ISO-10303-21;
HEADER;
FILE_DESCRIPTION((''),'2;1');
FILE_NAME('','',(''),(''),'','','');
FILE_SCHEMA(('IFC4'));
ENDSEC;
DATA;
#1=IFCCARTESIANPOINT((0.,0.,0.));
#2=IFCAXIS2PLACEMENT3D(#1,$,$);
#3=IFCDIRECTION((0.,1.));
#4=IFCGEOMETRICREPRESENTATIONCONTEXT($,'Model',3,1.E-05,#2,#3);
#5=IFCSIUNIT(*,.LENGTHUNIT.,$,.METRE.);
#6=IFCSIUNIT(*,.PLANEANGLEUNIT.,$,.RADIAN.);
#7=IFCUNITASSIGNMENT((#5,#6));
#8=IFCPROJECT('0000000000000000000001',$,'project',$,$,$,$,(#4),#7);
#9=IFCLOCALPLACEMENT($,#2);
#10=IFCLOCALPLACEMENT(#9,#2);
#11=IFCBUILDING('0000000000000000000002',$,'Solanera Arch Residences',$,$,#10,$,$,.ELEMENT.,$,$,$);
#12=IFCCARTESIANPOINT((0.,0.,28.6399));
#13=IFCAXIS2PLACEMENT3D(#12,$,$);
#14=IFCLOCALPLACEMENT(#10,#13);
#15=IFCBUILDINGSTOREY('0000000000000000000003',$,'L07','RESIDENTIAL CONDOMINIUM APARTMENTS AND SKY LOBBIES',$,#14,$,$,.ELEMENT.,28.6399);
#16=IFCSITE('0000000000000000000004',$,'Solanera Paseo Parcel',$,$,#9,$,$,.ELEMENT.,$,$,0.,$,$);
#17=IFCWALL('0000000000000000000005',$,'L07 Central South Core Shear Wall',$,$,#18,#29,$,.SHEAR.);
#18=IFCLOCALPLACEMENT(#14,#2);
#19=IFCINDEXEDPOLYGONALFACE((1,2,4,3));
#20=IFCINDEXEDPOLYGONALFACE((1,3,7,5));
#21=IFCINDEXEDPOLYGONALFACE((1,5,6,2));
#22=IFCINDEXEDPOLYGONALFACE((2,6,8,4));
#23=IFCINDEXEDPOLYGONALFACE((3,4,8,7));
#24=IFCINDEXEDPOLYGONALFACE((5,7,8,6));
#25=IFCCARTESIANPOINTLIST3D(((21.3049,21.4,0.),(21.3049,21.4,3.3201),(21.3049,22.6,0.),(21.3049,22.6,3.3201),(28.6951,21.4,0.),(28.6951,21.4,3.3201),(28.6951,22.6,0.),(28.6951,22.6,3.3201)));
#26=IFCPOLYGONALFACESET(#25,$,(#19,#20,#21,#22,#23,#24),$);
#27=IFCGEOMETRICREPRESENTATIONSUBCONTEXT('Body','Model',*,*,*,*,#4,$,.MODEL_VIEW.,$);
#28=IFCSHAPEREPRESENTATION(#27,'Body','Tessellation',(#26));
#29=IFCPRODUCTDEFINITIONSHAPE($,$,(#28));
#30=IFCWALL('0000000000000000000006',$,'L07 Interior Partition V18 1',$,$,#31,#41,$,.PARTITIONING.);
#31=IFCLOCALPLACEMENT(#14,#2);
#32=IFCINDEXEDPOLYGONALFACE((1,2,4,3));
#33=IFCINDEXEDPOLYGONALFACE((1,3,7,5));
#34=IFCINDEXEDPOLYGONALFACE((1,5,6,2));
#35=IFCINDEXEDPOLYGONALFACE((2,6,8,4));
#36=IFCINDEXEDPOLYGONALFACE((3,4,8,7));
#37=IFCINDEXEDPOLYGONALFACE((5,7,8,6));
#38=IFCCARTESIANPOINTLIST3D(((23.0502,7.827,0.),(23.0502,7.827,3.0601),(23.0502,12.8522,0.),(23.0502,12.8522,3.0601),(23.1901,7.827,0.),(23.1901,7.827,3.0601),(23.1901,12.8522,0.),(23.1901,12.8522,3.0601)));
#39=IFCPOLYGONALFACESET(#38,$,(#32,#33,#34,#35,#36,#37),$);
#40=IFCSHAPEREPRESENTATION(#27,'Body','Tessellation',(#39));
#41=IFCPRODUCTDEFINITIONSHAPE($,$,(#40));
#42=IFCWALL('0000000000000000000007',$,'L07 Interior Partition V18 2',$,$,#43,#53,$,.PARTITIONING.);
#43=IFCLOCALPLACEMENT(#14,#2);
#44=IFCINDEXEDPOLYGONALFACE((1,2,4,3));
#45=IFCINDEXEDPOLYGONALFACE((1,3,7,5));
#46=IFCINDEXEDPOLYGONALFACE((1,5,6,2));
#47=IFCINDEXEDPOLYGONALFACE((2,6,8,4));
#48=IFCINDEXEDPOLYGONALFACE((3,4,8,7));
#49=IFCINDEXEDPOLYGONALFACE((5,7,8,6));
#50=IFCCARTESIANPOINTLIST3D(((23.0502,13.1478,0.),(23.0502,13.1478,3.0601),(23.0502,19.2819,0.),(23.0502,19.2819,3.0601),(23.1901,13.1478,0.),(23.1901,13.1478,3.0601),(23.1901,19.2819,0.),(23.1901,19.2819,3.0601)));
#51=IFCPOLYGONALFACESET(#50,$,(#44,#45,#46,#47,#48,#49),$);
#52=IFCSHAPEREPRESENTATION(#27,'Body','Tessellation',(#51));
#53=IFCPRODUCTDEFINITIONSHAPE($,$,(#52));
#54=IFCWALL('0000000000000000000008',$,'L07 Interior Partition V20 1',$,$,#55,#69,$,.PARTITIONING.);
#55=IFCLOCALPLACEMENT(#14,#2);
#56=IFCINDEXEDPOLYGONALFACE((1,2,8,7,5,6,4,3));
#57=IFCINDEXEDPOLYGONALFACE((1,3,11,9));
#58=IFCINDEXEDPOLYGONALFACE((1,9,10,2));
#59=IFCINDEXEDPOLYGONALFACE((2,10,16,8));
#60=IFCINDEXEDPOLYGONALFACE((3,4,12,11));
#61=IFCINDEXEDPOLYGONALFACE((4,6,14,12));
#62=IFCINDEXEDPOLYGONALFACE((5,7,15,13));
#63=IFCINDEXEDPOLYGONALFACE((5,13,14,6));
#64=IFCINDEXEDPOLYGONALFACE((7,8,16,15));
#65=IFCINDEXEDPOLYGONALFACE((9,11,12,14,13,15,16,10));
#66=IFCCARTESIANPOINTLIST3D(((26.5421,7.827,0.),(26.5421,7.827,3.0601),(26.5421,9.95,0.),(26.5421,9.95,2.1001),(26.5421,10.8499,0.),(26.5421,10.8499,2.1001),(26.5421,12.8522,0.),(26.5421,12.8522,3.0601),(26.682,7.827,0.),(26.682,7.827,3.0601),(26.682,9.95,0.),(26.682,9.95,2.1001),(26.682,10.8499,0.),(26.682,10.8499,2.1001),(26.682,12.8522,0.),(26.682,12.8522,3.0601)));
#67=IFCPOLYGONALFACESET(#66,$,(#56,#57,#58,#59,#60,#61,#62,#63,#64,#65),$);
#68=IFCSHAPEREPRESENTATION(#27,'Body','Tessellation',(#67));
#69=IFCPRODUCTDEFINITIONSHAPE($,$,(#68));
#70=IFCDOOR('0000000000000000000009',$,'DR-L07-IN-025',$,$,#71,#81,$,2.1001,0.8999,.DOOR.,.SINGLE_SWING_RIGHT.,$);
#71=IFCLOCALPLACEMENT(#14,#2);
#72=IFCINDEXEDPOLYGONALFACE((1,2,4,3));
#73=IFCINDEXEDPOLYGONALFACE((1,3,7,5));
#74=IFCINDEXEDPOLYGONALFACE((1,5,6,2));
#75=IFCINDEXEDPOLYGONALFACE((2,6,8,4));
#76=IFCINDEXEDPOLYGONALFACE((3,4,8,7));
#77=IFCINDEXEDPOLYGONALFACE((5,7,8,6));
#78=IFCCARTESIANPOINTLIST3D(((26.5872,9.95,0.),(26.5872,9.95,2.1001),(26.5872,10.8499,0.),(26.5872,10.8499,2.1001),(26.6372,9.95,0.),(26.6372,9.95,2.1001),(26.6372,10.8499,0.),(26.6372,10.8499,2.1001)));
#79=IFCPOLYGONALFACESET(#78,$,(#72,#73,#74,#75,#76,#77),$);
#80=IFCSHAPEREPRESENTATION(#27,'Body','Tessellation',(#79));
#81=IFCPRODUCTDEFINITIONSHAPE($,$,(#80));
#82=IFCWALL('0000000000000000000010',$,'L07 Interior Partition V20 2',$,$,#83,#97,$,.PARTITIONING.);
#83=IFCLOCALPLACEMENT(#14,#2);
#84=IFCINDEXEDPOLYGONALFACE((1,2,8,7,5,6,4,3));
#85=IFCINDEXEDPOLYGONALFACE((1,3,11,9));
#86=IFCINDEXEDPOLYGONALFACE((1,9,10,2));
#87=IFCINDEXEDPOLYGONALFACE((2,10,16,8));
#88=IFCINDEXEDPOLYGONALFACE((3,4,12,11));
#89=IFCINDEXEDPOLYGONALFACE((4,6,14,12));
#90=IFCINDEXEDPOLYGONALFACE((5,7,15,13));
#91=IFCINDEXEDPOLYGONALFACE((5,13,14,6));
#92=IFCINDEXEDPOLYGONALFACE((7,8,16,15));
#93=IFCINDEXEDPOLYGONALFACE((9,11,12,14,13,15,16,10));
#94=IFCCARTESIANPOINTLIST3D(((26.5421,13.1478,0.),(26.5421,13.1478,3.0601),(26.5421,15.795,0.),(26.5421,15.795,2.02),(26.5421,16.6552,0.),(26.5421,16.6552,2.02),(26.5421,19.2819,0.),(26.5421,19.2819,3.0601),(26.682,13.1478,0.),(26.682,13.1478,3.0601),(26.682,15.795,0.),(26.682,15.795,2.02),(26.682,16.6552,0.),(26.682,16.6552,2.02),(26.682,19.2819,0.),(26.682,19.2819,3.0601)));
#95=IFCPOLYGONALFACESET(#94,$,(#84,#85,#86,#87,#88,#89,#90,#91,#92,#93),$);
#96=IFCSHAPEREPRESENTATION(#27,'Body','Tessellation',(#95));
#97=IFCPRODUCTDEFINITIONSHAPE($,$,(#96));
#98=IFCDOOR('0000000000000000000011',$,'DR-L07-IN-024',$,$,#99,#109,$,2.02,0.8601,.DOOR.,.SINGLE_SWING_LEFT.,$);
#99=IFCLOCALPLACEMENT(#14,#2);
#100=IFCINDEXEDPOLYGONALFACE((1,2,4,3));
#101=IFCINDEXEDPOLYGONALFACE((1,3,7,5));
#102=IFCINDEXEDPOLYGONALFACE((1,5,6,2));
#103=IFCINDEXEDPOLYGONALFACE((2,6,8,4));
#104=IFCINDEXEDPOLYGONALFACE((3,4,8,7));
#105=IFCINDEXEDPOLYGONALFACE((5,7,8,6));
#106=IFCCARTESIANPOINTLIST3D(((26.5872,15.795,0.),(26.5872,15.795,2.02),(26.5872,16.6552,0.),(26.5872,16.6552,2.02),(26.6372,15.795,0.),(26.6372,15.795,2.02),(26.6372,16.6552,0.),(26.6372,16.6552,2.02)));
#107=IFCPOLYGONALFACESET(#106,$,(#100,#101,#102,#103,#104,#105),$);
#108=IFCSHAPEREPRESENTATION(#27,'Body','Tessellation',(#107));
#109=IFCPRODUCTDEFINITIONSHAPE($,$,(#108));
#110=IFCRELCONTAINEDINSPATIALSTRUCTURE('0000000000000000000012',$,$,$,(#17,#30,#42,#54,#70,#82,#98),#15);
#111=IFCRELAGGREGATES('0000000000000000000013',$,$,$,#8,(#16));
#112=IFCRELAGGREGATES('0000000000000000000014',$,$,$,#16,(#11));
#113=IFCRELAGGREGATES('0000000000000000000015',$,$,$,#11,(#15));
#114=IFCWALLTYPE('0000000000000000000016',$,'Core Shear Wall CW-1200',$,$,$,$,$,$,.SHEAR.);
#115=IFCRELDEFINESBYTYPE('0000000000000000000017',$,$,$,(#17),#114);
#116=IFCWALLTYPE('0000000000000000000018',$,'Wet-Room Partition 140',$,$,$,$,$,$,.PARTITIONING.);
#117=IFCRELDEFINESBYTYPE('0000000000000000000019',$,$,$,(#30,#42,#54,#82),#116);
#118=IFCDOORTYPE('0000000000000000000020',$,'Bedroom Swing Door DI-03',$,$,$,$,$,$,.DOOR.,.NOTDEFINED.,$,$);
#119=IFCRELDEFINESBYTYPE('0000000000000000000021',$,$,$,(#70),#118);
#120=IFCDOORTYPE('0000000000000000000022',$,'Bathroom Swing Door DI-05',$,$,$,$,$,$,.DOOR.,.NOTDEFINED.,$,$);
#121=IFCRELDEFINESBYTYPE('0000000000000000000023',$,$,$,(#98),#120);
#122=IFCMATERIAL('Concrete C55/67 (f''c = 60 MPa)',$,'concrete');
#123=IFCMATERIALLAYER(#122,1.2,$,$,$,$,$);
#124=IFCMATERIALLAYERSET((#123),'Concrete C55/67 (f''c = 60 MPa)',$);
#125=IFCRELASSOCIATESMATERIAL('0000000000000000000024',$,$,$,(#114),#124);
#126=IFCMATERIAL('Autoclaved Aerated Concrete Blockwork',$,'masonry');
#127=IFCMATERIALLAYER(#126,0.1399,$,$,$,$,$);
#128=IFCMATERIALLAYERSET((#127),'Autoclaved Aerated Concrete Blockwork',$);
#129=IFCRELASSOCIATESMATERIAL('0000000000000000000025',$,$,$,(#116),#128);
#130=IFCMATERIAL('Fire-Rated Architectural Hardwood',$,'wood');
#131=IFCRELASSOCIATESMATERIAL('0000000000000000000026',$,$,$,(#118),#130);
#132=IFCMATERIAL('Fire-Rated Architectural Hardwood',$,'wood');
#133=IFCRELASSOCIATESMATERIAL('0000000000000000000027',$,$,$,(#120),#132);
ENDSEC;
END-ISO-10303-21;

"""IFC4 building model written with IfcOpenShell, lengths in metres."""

from ifc_helpers import new_model, si_unit, direction, frame, frame_2d, origin, place, context, subcontext, project, spatial, rectangle, extrude, material, layer, layer_set, type_object, element, fill, save


model = new_model("IFC4")

# Units and contexts
model_context = context("Model", 3, precision=1e-05, world=origin(), true_north=direction((0.0, 1.0)))
body_context = subcontext(model_context, "Body", "Model", "MODEL_VIEW")
ifc_project = project(units=[si_unit("LENGTHUNIT", "METRE"), si_unit("PLANEANGLEUNIT", "RADIAN")], contexts=[model_context])

# Site, building, storey
site_placement = place(None, origin())
site = spatial("IfcSite", under=ifc_project, at=site_placement, Name="Solanera Paseo Parcel", CompositionType="ELEMENT", RefElevation=0.0)
building_placement = place(site_placement, origin())
building = spatial("IfcBuilding", under=site, at=building_placement, Name="Solanera Arch Residences", CompositionType="ELEMENT")
storey_placement = place(building_placement, frame((0.0, 0.0, 28.6399)))
storey = spatial("IfcBuildingStorey", under=building, at=storey_placement, Name="L07", Description="RESIDENTIAL CONDOMINIUM APARTMENTS AND SKY LOBBIES", CompositionType="ELEMENT", Elevation=28.6399)

# Walls
ifc_material_1 = material(Name="Concrete C55/67 (f'c = 60 MPa)", Category="concrete")
ifc_layer_1 = layer(ifc_material_1, 1.2)
ifc_layer_set_1 = layer_set([ifc_layer_1], Name="Concrete C55/67 (f'c = 60 MPa)")
wall_type_1 = type_object("IfcWallType", Name="Core Shear Wall CW-1200", PredefinedType="SHEAR", material=ifc_layer_set_1)
wall_1_placement = place(storey_placement, frame((21.3049, 22.0, 0.0), z_axis=(0.0, 0.0, 1.0), x_axis=(1.0, 0.0, 0.0)))
element("IfcWall", 1, at=wall_1_placement, inside=storey, type_object=wall_type_1, Name="L07 Central South Core Shear Wall", PredefinedType="SHEAR", context=body_context, shape_type="SweptSolid", body=[
    extrude(rectangle(XDim=7.3901, YDim=1.2, at=frame_2d((3.6951, 0.0))), origin(), (0.0, 0.0, 1.0), 3.3201),
])
ifc_material_2 = material(Name="Autoclaved Aerated Concrete Blockwork", Category="masonry")
ifc_layer_2 = layer(ifc_material_2, 0.1399)
ifc_layer_set_2 = layer_set([ifc_layer_2], Name="Autoclaved Aerated Concrete Blockwork")
wall_type_2 = type_object("IfcWallType", Name="Wet-Room Partition 140", PredefinedType="PARTITIONING", material=ifc_layer_set_2)
wall_2_placement = place(storey_placement, frame((23.1201, 7.8269, 0.0), z_axis=(0.0, 0.0, 1.0), x_axis=(0.0, 1.0, 0.0)))
element("IfcWall", 2, at=wall_2_placement, inside=storey, type_object=wall_type_2, Name="L07 Interior Partition V18 1", PredefinedType="PARTITIONING", context=body_context, shape_type="SweptSolid", body=[
    extrude(rectangle(XDim=5.0251, YDim=0.1399, at=frame_2d((2.5127, 0.0))), origin(), (0.0, 0.0, 1.0), 3.0601),
])
wall_3_placement = place(storey_placement, frame((23.1201, 13.1479, 0.0), z_axis=(0.0, 0.0, 1.0), x_axis=(0.0, 1.0, 0.0)))
element("IfcWall", 3, at=wall_3_placement, inside=storey, type_object=wall_type_2, Name="L07 Interior Partition V18 2", PredefinedType="PARTITIONING", context=body_context, shape_type="SweptSolid", body=[
    extrude(rectangle(XDim=6.134, YDim=0.1399, at=frame_2d((3.0669, 0.0))), origin(), (0.0, 0.0, 1.0), 3.0601),
])

# Walls, openings, doors
wall_4_placement = place(storey_placement, frame((26.6121, 7.8269, 0.0), z_axis=(0.0, 0.0, 1.0), x_axis=(0.0, 1.0, 0.0)))
wall_4 = element("IfcWall", 4, at=wall_4_placement, inside=storey, type_object=wall_type_2, Name="L07 Interior Partition V20 1", PredefinedType="PARTITIONING", context=body_context, shape_type="SweptSolid", body=[
    extrude(rectangle(XDim=5.0251, YDim=0.1399, at=frame_2d((2.5127, 0.0))), origin(), (0.0, 0.0, 1.0), 3.0601),
])
opening_1_placement = place(wall_4_placement, frame((2.123, 0.0, 0.0)))
opening_1 = element("IfcOpeningElement", 5, at=opening_1_placement, cuts=wall_4, PredefinedType="OPENING", context=body_context, shape_type="SweptSolid", body=[
    extrude(rectangle(XDim=0.8999, YDim=2.1001, at=frame_2d((0.45, 1.05))), frame((0.0, 0.0798, 0.0), z_axis=(0.0, -1.0, 0.0), x_axis=(1.0, 0.0, 0.0)), (0.0, 0.0, 1.0), 0.1599),
])
ifc_material_3 = material(Name="Fire-Rated Architectural Hardwood", Category="wood")
door_type_1 = type_object("IfcDoorType", Name="Bedroom Swing Door DI-03", OperationType="NOTDEFINED", PredefinedType="DOOR", material=ifc_material_3)
door_1_placement = place(opening_1_placement, origin())
door_1 = element("IfcDoor", 6, at=door_1_placement, inside=storey, type_object=door_type_1, Name="DR-L07-IN-025", OperationType="SINGLE_SWING_RIGHT", OverallHeight=2.1001, OverallWidth=0.8999, PredefinedType="DOOR", context=body_context, shape_type="SweptSolid", body=[
    extrude(rectangle(XDim=0.8999, YDim=2.1001, at=frame_2d((0.45, 1.05))), frame((0.0, 0.0249, 0.0), z_axis=(0.0, -1.0, 0.0), x_axis=(1.0, 0.0, 0.0)), (0.0, 0.0, 1.0), 0.05),
])
fill(opening_1, door_1)
wall_5_placement = place(storey_placement, frame((26.6121, 13.1479, 0.0), z_axis=(0.0, 0.0, 1.0), x_axis=(0.0, 1.0, 0.0)))
wall_5 = element("IfcWall", 7, at=wall_5_placement, inside=storey, type_object=wall_type_2, Name="L07 Interior Partition V20 2", PredefinedType="PARTITIONING", context=body_context, shape_type="SweptSolid", body=[
    extrude(rectangle(XDim=6.134, YDim=0.1399, at=frame_2d((3.0669, 0.0))), origin(), (0.0, 0.0, 1.0), 3.0601),
])
opening_2_placement = place(wall_5_placement, frame((2.647, 0.0, 0.0)))
opening_2 = element("IfcOpeningElement", 8, at=opening_2_placement, cuts=wall_5, PredefinedType="OPENING", context=body_context, shape_type="SweptSolid", body=[
    extrude(rectangle(XDim=0.8601, YDim=2.02, at=frame_2d((0.4302, 1.01))), frame((0.0, 0.0798, 0.0), z_axis=(0.0, -1.0, 0.0), x_axis=(1.0, 0.0, 0.0)), (0.0, 0.0, 1.0), 0.1599),
])
ifc_material_4 = material(Name="Fire-Rated Architectural Hardwood", Category="wood")
door_type_2 = type_object("IfcDoorType", Name="Bathroom Swing Door DI-05", OperationType="NOTDEFINED", PredefinedType="DOOR", material=ifc_material_4)
door_2_placement = place(opening_2_placement, origin())
door_2 = element("IfcDoor", 9, at=door_2_placement, inside=storey, type_object=door_type_2, Name="DR-L07-IN-024", OperationType="SINGLE_SWING_LEFT", OverallHeight=2.02, OverallWidth=0.8601, PredefinedType="DOOR", context=body_context, shape_type="SweptSolid", body=[
    extrude(rectangle(XDim=0.8601, YDim=2.02, at=frame_2d((0.4302, 1.01))), frame((0.0, 0.0249, 0.0), z_axis=(0.0, -1.0, 0.0), x_axis=(1.0, 0.0, 0.0)), (0.0, 0.0, 1.0), 0.05),
])
fill(opening_2, door_2)

save(model, "model.ifc")
